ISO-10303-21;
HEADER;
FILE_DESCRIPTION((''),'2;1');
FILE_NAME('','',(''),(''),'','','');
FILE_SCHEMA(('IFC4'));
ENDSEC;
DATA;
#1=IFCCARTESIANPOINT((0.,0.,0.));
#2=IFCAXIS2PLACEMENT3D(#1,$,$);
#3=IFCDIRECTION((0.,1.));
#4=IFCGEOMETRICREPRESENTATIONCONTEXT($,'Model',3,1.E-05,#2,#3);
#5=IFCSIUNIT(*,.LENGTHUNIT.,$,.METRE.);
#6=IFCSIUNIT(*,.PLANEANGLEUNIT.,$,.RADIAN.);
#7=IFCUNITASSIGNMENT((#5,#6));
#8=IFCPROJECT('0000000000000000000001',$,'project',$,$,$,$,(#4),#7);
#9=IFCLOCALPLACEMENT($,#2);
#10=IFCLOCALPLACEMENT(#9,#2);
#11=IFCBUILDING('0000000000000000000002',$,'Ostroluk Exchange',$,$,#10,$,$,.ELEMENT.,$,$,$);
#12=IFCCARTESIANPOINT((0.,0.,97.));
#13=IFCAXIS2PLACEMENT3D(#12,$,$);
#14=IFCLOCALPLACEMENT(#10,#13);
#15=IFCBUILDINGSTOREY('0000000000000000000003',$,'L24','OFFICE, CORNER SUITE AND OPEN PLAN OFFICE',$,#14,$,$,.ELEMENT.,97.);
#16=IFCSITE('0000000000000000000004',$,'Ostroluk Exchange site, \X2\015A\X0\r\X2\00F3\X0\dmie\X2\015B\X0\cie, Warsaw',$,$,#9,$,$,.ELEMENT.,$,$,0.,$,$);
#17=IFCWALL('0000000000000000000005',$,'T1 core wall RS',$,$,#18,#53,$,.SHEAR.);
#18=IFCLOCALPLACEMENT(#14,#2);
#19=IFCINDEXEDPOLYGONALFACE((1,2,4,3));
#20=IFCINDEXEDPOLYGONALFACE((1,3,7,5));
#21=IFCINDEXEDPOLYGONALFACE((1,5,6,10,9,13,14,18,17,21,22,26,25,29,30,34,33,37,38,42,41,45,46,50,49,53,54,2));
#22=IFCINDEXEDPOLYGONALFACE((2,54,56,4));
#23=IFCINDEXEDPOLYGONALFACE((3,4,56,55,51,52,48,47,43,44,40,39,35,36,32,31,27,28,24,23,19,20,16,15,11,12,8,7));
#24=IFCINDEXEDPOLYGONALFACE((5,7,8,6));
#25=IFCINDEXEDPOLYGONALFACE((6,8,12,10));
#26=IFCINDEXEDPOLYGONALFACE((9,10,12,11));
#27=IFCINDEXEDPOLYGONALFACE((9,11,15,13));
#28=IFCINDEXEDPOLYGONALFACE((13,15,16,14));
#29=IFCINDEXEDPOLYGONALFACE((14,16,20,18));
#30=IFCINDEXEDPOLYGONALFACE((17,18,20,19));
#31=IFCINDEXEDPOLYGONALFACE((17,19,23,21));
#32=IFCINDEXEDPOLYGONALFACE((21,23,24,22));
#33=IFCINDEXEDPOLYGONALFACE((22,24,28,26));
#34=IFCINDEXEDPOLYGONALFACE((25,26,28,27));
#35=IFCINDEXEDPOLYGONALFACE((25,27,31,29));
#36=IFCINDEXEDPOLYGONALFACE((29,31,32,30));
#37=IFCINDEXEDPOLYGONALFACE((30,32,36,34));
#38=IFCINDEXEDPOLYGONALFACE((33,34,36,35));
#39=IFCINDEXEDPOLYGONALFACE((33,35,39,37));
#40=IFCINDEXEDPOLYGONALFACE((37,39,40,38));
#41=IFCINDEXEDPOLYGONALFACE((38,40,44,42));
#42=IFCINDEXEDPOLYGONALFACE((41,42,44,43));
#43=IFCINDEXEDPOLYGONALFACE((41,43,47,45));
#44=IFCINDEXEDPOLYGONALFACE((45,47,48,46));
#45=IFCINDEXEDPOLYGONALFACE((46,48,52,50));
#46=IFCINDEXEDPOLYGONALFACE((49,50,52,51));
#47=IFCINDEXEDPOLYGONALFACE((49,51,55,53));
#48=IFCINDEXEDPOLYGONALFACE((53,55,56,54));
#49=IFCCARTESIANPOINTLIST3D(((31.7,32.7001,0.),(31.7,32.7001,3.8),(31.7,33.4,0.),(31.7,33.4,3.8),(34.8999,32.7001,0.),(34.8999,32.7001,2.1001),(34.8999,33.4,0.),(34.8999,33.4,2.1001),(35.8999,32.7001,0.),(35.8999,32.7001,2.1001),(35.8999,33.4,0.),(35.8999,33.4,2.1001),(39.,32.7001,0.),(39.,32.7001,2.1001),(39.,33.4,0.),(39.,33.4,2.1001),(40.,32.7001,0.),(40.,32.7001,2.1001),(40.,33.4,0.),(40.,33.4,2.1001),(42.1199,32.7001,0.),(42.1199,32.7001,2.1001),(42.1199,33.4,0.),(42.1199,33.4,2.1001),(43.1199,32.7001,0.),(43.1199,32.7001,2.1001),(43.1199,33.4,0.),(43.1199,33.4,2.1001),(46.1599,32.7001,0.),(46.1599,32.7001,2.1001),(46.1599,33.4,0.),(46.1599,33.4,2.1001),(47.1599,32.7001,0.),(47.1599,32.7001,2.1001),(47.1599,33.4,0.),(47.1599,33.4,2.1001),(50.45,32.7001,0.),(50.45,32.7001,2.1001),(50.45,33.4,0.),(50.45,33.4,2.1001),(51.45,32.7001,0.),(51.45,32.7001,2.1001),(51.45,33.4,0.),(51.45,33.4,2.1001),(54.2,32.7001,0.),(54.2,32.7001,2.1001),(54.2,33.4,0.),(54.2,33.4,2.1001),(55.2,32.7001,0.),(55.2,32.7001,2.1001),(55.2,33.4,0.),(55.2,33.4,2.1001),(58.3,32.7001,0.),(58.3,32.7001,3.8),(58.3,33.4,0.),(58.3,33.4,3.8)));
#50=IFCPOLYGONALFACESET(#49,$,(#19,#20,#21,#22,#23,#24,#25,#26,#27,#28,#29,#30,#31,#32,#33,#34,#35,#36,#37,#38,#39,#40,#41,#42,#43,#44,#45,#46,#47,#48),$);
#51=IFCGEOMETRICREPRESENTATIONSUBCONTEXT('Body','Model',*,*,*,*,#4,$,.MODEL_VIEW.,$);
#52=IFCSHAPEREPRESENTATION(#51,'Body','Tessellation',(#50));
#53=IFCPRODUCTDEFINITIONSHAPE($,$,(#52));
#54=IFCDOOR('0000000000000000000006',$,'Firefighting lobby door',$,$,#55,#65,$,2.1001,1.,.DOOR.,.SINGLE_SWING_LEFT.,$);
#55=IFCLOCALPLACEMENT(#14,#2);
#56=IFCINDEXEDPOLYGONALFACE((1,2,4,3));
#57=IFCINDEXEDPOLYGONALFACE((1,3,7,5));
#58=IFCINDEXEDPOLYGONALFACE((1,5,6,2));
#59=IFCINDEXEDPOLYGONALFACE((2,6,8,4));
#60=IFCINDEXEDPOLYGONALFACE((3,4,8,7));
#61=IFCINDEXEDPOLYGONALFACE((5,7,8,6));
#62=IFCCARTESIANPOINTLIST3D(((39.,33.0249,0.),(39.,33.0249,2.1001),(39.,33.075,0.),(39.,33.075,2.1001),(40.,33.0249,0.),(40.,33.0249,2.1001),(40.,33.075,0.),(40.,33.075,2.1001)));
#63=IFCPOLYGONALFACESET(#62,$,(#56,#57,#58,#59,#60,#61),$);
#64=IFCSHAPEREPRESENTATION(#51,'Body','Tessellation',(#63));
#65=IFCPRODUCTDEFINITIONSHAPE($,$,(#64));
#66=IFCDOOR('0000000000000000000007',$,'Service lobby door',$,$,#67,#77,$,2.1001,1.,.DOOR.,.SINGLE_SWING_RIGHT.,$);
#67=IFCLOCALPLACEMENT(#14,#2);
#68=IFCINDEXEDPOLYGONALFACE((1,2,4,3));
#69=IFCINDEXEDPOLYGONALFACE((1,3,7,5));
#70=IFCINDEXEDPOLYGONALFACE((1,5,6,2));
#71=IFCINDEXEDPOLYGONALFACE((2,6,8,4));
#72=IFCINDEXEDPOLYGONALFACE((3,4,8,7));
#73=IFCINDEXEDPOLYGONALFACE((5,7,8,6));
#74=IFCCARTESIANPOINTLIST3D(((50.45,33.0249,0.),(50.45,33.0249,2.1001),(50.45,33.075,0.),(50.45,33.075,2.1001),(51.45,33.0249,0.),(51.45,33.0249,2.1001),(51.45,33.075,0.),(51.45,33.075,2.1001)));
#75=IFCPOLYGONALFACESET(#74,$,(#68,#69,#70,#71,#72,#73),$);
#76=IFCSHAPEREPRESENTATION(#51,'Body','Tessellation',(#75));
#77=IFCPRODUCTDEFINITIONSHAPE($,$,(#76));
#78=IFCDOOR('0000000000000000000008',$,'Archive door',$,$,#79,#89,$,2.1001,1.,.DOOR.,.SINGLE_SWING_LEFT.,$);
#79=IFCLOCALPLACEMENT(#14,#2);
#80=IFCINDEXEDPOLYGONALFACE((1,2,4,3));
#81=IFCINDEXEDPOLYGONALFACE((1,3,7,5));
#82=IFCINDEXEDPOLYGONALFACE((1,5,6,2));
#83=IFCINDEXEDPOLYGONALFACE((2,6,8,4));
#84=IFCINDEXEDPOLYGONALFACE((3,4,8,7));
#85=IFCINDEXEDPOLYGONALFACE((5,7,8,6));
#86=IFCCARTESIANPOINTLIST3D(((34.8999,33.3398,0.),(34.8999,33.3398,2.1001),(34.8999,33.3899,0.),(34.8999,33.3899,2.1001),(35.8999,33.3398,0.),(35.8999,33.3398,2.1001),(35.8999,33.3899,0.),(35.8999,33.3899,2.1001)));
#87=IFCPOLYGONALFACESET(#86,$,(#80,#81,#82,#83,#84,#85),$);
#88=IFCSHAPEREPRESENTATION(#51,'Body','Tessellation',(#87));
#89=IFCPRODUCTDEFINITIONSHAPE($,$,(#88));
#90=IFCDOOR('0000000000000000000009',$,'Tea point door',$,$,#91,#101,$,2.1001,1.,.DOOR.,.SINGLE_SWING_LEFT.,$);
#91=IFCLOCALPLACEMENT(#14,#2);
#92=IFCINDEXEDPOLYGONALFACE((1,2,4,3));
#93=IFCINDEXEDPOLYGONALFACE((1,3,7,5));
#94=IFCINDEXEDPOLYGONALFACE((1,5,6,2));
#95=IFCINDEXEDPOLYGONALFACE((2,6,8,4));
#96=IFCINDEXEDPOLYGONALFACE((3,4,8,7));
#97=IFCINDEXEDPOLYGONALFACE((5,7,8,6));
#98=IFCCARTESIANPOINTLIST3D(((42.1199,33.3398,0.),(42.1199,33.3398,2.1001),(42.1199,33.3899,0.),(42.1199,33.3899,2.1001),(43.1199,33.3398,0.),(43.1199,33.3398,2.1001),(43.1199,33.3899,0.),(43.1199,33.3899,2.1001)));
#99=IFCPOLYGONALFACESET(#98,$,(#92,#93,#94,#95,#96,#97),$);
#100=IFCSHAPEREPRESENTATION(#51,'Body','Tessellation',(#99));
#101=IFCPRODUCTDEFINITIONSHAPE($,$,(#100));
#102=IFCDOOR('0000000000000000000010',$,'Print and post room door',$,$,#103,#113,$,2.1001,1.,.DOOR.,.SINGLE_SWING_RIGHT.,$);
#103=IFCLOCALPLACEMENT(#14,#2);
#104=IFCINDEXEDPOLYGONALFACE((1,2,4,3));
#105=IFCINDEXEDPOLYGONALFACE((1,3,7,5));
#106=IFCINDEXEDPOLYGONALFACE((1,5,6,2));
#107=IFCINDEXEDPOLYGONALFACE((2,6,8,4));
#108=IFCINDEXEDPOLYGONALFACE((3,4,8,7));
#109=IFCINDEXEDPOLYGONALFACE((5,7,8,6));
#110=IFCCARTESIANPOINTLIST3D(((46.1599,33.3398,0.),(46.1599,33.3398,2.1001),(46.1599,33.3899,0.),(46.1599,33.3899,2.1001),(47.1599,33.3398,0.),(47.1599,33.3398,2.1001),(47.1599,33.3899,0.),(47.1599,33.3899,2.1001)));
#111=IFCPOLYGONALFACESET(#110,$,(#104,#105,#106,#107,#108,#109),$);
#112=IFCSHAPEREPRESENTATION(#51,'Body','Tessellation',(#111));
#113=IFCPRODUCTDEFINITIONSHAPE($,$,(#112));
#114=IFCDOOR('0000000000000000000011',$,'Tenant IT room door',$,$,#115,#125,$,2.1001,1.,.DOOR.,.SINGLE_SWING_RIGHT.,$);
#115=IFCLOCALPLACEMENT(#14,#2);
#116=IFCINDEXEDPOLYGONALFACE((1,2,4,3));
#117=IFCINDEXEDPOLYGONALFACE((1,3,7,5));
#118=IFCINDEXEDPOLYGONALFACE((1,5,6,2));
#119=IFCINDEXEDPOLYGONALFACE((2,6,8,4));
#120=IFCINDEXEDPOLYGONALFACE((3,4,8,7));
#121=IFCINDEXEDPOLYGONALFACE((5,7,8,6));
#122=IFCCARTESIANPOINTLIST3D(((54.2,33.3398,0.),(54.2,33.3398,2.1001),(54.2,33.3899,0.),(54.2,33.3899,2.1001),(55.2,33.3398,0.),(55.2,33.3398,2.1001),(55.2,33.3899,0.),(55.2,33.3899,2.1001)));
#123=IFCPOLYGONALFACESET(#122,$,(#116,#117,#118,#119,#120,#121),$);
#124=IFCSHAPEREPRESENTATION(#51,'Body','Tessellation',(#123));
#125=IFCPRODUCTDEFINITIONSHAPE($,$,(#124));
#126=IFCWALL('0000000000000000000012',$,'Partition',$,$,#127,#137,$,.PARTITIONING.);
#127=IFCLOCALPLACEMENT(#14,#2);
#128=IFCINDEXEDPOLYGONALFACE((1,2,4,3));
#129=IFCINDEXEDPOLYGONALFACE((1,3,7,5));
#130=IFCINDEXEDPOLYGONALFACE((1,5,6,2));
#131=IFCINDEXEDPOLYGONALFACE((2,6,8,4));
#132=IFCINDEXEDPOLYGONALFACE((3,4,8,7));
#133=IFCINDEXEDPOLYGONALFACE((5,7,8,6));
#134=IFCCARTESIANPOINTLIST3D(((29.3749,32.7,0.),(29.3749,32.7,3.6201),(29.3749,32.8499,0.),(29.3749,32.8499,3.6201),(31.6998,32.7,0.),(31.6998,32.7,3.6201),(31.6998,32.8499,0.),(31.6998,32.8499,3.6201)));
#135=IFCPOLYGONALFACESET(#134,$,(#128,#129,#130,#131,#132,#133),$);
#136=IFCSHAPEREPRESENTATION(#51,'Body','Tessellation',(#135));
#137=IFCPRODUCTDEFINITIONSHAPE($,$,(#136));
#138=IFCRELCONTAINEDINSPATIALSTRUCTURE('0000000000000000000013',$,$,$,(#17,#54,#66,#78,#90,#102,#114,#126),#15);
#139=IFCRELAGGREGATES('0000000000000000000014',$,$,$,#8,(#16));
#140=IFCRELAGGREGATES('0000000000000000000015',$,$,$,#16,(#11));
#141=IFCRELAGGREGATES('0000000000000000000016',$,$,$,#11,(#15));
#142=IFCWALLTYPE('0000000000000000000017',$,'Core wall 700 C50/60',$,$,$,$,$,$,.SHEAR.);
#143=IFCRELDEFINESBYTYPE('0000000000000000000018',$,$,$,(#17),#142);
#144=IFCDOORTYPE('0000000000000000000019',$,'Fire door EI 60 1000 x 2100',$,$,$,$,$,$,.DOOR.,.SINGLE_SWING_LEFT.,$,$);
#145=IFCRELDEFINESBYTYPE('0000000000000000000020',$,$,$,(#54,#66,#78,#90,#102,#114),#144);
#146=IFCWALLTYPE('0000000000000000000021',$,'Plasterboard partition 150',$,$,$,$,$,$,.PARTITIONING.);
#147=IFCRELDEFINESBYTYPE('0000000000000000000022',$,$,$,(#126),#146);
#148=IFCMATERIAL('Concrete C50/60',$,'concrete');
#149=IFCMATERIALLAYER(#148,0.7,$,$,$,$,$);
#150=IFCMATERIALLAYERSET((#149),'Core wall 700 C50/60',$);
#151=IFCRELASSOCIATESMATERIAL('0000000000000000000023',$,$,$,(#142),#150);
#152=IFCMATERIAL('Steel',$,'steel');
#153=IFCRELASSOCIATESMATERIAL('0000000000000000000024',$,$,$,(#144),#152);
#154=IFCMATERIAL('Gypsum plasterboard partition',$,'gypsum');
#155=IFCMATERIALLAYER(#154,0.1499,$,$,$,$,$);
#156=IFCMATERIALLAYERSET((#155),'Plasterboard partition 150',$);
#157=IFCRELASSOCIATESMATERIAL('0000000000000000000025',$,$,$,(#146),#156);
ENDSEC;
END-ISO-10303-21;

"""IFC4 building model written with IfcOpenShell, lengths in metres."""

from ifc_helpers import new_model, si_unit, direction, frame, frame_2d, origin, place, context, subcontext, project, spatial, rectangle, extrude, material, layer, layer_set, type_object, element, fill, save


model = new_model("IFC4")

# Units and contexts
model_context = context("Model", 3, precision=1e-05, world=origin(), true_north=direction((0.0, 1.0)))
body_context = subcontext(model_context, "Body", "Model", "MODEL_VIEW")
ifc_project = project(units=[si_unit("LENGTHUNIT", "METRE"), si_unit("PLANEANGLEUNIT", "RADIAN")], contexts=[model_context])

# Site, building, storey
site_placement = place(None, origin())
site = spatial("IfcSite", under=ifc_project, at=site_placement, Name="Ostroluk Exchange site, Śródmieście, Warsaw", CompositionType="ELEMENT", RefElevation=0.0)
building_placement = place(site_placement, origin())
building = spatial("IfcBuilding", under=site, at=building_placement, Name="Ostroluk Exchange", CompositionType="ELEMENT")
storey_placement = place(building_placement, frame((0.0, 0.0, 97.0)))
storey = spatial("IfcBuildingStorey", under=building, at=storey_placement, Name="L24", Description="OFFICE, CORNER SUITE AND OPEN PLAN OFFICE", CompositionType="ELEMENT", Elevation=97.0)

# Wall, openings, doors
ifc_material_1 = material(Name="Concrete C50/60", Category="concrete")
ifc_layer_1 = layer(ifc_material_1, 0.7)
ifc_layer_set_1 = layer_set([ifc_layer_1], Name="Core wall 700 C50/60")
wall_type_1 = type_object("IfcWallType", Name="Core wall 700 C50/60", PredefinedType="SHEAR", material=ifc_layer_set_1)
wall_1_placement = place(storey_placement, frame((31.7, 33.05, 0.0), z_axis=(0.0, 0.0, 1.0), x_axis=(1.0, 0.0, 0.0)))
wall_1 = element("IfcWall", 1, at=wall_1_placement, inside=storey, type_object=wall_type_1, Name="T1 core wall RS", PredefinedType="SHEAR", context=body_context, shape_type="SweptSolid", body=[
    extrude(rectangle(XDim=26.6001, YDim=0.7, at=frame_2d((13.3, 0.0))), origin(), (0.0, 0.0, 1.0), 3.8),
])
opening_1_placement = place(wall_1_placement, frame((7.3, 0.0, 0.0)))
opening_1 = element("IfcOpeningElement", 2, at=opening_1_placement, cuts=wall_1, PredefinedType="OPENING", context=body_context, shape_type="SweptSolid", body=[
    extrude(rectangle(XDim=1.0, YDim=2.1001, at=frame_2d((0.5, 1.05))), frame((0.0, 0.3599, 0.0), z_axis=(0.0, -1.0, 0.0), x_axis=(1.0, 0.0, 0.0)), (0.0, 0.0, 1.0), 0.72),
])
opening_2_placement = place(wall_1_placement, frame((18.75, 0.0, 0.0)))
opening_2 = element("IfcOpeningElement", 3, at=opening_2_placement, cuts=wall_1, PredefinedType="OPENING", context=body_context, shape_type="SweptSolid", body=[
    extrude(rectangle(XDim=1.0, YDim=2.1001, at=frame_2d((0.5, 1.05))), frame((0.0, 0.3599, 0.0), z_axis=(0.0, -1.0, 0.0), x_axis=(1.0, 0.0, 0.0)), (0.0, 0.0, 1.0), 0.72),
])
opening_3_placement = place(wall_1_placement, frame((3.2, 0.0, 0.0)))
opening_3 = element("IfcOpeningElement", 4, at=opening_3_placement, cuts=wall_1, PredefinedType="OPENING", context=body_context, shape_type="SweptSolid", body=[
    extrude(rectangle(XDim=1.0, YDim=2.1001, at=frame_2d((0.5, 1.05))), frame((0.0, 0.3599, 0.0), z_axis=(0.0, -1.0, 0.0), x_axis=(1.0, 0.0, 0.0)), (0.0, 0.0, 1.0), 0.72),
])
opening_4_placement = place(wall_1_placement, frame((10.4199, 0.0, 0.0)))
opening_4 = element("IfcOpeningElement", 5, at=opening_4_placement, cuts=wall_1, PredefinedType="OPENING", context=body_context, shape_type="SweptSolid", body=[
    extrude(rectangle(XDim=1.0, YDim=2.1001, at=frame_2d((0.5, 1.05))), frame((0.0, 0.3599, 0.0), z_axis=(0.0, -1.0, 0.0), x_axis=(1.0, 0.0, 0.0)), (0.0, 0.0, 1.0), 0.72),
])
opening_5_placement = place(wall_1_placement, frame((14.46, 0.0, 0.0)))
opening_5 = element("IfcOpeningElement", 6, at=opening_5_placement, cuts=wall_1, PredefinedType="OPENING", context=body_context, shape_type="SweptSolid", body=[
    extrude(rectangle(XDim=1.0, YDim=2.1001, at=frame_2d((0.5, 1.05))), frame((0.0, 0.3599, 0.0), z_axis=(0.0, -1.0, 0.0), x_axis=(1.0, 0.0, 0.0)), (0.0, 0.0, 1.0), 0.72),
])
opening_6_placement = place(wall_1_placement, frame((22.5, 0.0, 0.0)))
opening_6 = element("IfcOpeningElement", 7, at=opening_6_placement, cuts=wall_1, PredefinedType="OPENING", context=body_context, shape_type="SweptSolid", body=[
    extrude(rectangle(XDim=1.0, YDim=2.1001, at=frame_2d((0.5, 1.05))), frame((0.0, 0.3599, 0.0), z_axis=(0.0, -1.0, 0.0), x_axis=(1.0, 0.0, 0.0)), (0.0, 0.0, 1.0), 0.72),
])
ifc_material_2 = material(Name="Steel", Category="steel")
door_type_1 = type_object("IfcDoorType", Name="Fire door EI 60 1000 x 2100", OperationType="SINGLE_SWING_LEFT", PredefinedType="DOOR", material=ifc_material_2)
door_1_placement = place(opening_1_placement, origin())
door_1 = element("IfcDoor", 8, at=door_1_placement, inside=storey, type_object=door_type_1, Name="Firefighting lobby door", OperationType="SINGLE_SWING_LEFT", OverallHeight=2.1001, OverallWidth=1.0, PredefinedType="DOOR", context=body_context, shape_type="SweptSolid", body=[
    extrude(rectangle(XDim=1.0, YDim=2.1001, at=frame_2d((0.5, 1.05))), frame((0.0, 0.0249, 0.0), z_axis=(0.0, -1.0, 0.0), x_axis=(1.0, 0.0, 0.0)), (0.0, 0.0, 1.0), 0.05),
])
fill(opening_1, door_1)
door_2_placement = place(opening_2_placement, origin())
door_2 = element("IfcDoor", 9, at=door_2_placement, inside=storey, type_object=door_type_1, Name="Service lobby door", OperationType="SINGLE_SWING_RIGHT", OverallHeight=2.1001, OverallWidth=1.0, PredefinedType="DOOR", context=body_context, shape_type="SweptSolid", body=[
    extrude(rectangle(XDim=1.0, YDim=2.1001, at=frame_2d((0.5, 1.05))), frame((0.0, 0.0249, 0.0), z_axis=(0.0, -1.0, 0.0), x_axis=(1.0, 0.0, 0.0)), (0.0, 0.0, 1.0), 0.05),
])
fill(opening_2, door_2)
door_3_placement = place(opening_3_placement, origin())
door_3 = element("IfcDoor", 10, at=door_3_placement, inside=storey, type_object=door_type_1, Name="Archive door", OperationType="SINGLE_SWING_LEFT", OverallHeight=2.1001, OverallWidth=1.0, PredefinedType="DOOR", context=body_context, shape_type="SweptSolid", body=[
    extrude(rectangle(XDim=1.0, YDim=2.1001, at=frame_2d((0.5, 1.05))), frame((0.0, 0.3398, 0.0), z_axis=(0.0, -1.0, 0.0), x_axis=(1.0, 0.0, 0.0)), (0.0, 0.0, 1.0), 0.05),
])
fill(opening_3, door_3)
door_4_placement = place(opening_4_placement, origin())
door_4 = element("IfcDoor", 11, at=door_4_placement, inside=storey, type_object=door_type_1, Name="Tea point door", OperationType="SINGLE_SWING_LEFT", OverallHeight=2.1001, OverallWidth=1.0, PredefinedType="DOOR", context=body_context, shape_type="SweptSolid", body=[
    extrude(rectangle(XDim=1.0, YDim=2.1001, at=frame_2d((0.5, 1.05))), frame((0.0, 0.3398, 0.0), z_axis=(0.0, -1.0, 0.0), x_axis=(1.0, 0.0, 0.0)), (0.0, 0.0, 1.0), 0.05),
])
fill(opening_4, door_4)
door_5_placement = place(opening_5_placement, origin())
door_5 = element("IfcDoor", 12, at=door_5_placement, inside=storey, type_object=door_type_1, Name="Print and post room door", OperationType="SINGLE_SWING_RIGHT", OverallHeight=2.1001, OverallWidth=1.0, PredefinedType="DOOR", context=body_context, shape_type="SweptSolid", body=[
    extrude(rectangle(XDim=1.0, YDim=2.1001, at=frame_2d((0.5, 1.05))), frame((0.0, 0.3398, 0.0), z_axis=(0.0, -1.0, 0.0), x_axis=(1.0, 0.0, 0.0)), (0.0, 0.0, 1.0), 0.05),
])
fill(opening_5, door_5)
door_6_placement = place(opening_6_placement, origin())
door_6 = element("IfcDoor", 13, at=door_6_placement, inside=storey, type_object=door_type_1, Name="Tenant IT room door", OperationType="SINGLE_SWING_RIGHT", OverallHeight=2.1001, OverallWidth=1.0, PredefinedType="DOOR", context=body_context, shape_type="SweptSolid", body=[
    extrude(rectangle(XDim=1.0, YDim=2.1001, at=frame_2d((0.5, 1.05))), frame((0.0, 0.3398, 0.0), z_axis=(0.0, -1.0, 0.0), x_axis=(1.0, 0.0, 0.0)), (0.0, 0.0, 1.0), 0.05),
])
fill(opening_6, door_6)

# Wall
ifc_material_3 = material(Name="Gypsum plasterboard partition", Category="gypsum")
ifc_layer_2 = layer(ifc_material_3, 0.1499)
ifc_layer_set_2 = layer_set([ifc_layer_2], Name="Plasterboard partition 150")
wall_type_2 = type_object("IfcWallType", Name="Plasterboard partition 150", PredefinedType="PARTITIONING", material=ifc_layer_set_2)
wall_2_placement = place(storey_placement, frame((31.7, 32.7749, 0.0), z_axis=(0.0, 0.0, 1.0), x_axis=(-1.0, 0.0, 0.0)))
element("IfcWall", 14, at=wall_2_placement, inside=storey, type_object=wall_type_2, Name="Partition", PredefinedType="PARTITIONING", context=body_context, shape_type="SweptSolid", body=[
    extrude(rectangle(XDim=2.325, YDim=0.1499, at=frame_2d((1.1626, 0.0))), origin(), (0.0, 0.0, 1.0), 3.6201),
])

save(model, "model.ifc")
